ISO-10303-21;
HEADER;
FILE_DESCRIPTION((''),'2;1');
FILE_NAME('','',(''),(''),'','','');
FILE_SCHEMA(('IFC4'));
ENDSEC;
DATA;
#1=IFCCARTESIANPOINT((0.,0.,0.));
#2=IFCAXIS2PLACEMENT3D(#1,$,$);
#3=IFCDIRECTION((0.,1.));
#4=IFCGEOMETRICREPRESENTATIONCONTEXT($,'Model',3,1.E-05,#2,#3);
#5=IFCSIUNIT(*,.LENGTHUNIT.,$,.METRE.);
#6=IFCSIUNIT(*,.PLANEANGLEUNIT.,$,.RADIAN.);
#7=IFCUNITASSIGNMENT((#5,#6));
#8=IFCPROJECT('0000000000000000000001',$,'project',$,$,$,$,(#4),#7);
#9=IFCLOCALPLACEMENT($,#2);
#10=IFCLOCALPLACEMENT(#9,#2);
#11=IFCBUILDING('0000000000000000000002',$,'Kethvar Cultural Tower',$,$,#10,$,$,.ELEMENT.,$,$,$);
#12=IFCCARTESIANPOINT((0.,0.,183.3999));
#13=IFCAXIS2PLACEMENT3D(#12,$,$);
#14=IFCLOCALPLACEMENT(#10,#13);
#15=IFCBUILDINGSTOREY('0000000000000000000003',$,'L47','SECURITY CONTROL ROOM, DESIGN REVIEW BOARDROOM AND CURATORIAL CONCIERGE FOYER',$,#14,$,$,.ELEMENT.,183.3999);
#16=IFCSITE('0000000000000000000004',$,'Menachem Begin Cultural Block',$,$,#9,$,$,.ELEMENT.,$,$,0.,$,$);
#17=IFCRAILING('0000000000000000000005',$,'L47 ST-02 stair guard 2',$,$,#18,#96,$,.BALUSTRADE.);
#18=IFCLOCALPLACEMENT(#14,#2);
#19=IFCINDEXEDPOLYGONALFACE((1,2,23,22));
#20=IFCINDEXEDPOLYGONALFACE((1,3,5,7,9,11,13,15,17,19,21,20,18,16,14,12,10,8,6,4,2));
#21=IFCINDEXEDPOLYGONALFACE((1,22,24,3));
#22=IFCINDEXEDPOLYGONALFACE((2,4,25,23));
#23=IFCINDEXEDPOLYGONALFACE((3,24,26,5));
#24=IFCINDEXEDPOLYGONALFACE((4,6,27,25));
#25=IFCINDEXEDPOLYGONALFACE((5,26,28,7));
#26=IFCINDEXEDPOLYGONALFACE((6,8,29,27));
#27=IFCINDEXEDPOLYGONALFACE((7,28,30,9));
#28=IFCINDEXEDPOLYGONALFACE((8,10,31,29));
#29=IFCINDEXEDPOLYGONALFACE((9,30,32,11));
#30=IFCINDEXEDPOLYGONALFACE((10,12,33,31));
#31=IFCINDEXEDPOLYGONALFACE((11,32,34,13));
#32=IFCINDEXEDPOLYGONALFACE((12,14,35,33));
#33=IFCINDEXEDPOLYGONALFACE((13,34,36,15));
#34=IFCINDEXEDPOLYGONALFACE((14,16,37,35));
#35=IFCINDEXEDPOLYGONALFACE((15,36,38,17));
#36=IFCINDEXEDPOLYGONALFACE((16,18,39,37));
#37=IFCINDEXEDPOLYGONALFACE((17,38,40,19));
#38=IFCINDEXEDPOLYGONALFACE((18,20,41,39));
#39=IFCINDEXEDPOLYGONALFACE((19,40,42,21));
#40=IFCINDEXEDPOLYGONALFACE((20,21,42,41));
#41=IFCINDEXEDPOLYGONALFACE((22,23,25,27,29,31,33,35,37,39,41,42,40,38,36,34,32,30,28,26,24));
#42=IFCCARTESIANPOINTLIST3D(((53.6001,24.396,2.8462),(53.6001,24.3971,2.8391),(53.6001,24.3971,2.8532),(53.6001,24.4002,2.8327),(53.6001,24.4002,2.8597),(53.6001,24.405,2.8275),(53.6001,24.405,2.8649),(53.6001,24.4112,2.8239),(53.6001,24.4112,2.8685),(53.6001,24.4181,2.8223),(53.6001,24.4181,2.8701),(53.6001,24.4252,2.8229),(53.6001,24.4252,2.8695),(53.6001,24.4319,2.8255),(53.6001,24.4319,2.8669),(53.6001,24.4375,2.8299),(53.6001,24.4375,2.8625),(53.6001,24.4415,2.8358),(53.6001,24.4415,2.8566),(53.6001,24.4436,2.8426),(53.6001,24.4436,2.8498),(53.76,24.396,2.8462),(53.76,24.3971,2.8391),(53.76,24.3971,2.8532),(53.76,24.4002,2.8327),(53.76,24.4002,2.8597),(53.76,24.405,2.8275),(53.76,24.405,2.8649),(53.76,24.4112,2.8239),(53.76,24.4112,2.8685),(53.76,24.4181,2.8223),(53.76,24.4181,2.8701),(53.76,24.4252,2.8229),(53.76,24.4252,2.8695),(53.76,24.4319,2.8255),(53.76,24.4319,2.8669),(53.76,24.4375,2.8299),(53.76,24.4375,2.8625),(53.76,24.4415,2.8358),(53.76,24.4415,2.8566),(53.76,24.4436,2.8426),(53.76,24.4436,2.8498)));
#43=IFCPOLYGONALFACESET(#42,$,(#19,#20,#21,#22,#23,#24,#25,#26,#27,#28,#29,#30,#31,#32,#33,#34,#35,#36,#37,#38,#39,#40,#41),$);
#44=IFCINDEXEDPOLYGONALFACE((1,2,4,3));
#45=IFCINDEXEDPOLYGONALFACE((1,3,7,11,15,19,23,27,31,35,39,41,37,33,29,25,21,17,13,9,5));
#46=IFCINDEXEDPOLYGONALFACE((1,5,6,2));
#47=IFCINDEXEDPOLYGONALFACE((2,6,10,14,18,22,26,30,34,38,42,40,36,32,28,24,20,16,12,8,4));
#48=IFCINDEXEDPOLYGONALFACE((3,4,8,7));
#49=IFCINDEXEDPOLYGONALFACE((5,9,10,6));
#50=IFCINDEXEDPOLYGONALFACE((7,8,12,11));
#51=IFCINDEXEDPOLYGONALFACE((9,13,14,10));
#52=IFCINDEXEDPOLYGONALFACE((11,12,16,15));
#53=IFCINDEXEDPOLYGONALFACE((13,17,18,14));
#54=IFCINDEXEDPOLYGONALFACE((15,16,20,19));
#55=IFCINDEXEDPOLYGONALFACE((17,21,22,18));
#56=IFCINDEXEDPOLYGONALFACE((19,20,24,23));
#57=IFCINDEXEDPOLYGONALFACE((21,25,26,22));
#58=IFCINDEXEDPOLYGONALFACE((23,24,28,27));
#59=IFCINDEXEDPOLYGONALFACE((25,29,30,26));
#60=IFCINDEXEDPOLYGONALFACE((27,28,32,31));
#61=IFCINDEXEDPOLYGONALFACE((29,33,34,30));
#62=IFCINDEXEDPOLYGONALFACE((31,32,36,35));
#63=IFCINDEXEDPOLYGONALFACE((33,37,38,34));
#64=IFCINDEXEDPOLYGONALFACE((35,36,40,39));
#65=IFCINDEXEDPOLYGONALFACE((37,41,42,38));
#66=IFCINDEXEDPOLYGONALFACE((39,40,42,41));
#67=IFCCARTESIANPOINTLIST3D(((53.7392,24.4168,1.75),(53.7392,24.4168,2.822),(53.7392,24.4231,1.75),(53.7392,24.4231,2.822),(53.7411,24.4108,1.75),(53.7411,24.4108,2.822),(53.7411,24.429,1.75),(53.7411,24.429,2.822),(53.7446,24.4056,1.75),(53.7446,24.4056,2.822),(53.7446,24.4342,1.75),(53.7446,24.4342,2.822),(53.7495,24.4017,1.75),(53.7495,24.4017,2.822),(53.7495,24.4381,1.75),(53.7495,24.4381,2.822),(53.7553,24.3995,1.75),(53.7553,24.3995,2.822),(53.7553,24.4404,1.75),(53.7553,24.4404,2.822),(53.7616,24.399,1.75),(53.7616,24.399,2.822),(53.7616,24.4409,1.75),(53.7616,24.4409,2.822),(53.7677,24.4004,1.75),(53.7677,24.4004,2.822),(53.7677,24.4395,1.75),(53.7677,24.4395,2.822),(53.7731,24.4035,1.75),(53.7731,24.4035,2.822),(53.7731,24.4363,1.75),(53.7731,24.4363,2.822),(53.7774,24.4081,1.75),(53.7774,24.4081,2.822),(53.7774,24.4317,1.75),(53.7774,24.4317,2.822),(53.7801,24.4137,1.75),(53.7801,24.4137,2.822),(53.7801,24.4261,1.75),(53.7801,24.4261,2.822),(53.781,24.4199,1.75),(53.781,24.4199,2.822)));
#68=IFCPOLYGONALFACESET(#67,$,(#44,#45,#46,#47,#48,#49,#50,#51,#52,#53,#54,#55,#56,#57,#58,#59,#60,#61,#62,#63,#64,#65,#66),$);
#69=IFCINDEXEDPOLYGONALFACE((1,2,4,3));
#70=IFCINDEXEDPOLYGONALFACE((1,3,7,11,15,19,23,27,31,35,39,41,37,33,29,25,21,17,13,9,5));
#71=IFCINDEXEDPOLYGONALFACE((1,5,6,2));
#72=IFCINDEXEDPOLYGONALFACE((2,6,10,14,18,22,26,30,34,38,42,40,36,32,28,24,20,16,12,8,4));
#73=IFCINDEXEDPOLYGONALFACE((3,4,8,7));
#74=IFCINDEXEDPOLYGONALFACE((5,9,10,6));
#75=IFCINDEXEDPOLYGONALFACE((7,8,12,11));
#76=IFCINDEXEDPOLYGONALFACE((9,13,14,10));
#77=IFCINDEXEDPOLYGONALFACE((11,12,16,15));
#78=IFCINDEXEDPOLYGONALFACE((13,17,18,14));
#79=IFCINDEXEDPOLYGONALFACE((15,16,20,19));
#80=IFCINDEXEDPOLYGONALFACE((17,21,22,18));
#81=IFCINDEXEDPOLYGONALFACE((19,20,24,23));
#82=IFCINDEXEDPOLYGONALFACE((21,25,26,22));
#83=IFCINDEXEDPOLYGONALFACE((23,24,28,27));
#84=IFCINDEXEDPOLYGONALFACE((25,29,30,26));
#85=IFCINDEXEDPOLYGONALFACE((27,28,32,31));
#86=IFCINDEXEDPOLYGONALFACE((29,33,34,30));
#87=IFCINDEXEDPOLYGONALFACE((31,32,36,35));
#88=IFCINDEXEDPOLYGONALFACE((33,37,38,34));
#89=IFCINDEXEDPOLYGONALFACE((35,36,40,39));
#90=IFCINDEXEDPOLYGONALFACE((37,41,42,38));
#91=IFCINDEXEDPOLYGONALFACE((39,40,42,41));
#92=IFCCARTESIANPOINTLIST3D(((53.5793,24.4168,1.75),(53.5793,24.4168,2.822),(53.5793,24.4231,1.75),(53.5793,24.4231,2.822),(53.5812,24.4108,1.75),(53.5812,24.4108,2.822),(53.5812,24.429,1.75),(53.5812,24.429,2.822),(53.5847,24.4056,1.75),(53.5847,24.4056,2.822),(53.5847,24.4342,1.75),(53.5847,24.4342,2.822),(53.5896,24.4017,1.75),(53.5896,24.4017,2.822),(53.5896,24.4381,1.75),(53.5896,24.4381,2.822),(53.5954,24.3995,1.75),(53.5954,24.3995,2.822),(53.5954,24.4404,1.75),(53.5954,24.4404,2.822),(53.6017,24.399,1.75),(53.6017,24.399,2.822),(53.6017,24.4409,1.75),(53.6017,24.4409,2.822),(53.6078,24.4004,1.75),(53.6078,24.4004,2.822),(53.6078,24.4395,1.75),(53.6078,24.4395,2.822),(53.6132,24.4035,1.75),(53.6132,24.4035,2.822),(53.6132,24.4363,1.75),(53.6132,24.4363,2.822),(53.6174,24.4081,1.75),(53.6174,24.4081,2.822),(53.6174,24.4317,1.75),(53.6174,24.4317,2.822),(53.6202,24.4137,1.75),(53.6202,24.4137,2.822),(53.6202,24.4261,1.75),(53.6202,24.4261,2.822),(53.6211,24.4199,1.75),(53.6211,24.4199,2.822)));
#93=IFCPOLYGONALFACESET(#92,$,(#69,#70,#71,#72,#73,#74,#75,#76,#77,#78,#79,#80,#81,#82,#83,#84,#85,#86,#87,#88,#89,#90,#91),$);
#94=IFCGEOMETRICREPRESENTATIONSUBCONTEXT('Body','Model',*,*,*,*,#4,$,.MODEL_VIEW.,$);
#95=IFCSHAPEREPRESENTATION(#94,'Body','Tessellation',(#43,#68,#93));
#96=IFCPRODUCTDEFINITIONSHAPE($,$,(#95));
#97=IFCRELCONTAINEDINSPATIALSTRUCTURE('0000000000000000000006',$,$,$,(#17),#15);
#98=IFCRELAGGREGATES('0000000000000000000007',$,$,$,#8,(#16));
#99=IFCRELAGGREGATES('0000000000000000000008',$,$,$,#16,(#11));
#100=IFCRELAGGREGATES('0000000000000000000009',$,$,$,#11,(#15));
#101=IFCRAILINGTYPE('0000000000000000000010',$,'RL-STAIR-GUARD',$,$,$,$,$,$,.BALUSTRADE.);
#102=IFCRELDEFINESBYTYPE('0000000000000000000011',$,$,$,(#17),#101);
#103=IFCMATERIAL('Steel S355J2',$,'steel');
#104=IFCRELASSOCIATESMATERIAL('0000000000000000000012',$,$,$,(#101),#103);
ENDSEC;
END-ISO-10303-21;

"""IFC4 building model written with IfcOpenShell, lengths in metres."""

from ifc_helpers import new_model, si_unit, direction, frame, origin, origin_2d, place, context, subcontext, project, spatial, circle, extrude, material, type_object, element, save


model = new_model("IFC4")

# Units and contexts
model_context = context("Model", 3, precision=1e-05, world=origin(), true_north=direction((0.0, 1.0)))
body_context = subcontext(model_context, "Body", "Model", "MODEL_VIEW")
ifc_project = project(units=[si_unit("LENGTHUNIT", "METRE"), si_unit("PLANEANGLEUNIT", "RADIAN")], contexts=[model_context])

# Site, building, storey
site_placement = place(None, origin())
site = spatial("IfcSite", under=ifc_project, at=site_placement, Name="Menachem Begin Cultural Block", CompositionType="ELEMENT", RefElevation=0.0)
building_placement = place(site_placement, origin())
building = spatial("IfcBuilding", under=site, at=building_placement, Name="Kethvar Cultural Tower", CompositionType="ELEMENT")
storey_placement = place(building_placement, frame((0.0, 0.0, 183.3999)))
storey = spatial("IfcBuildingStorey", under=building, at=storey_placement, Name="L47", Description="SECURITY CONTROL ROOM, DESIGN REVIEW BOARDROOM AND CURATORIAL CONCIERGE FOYER", CompositionType="ELEMENT", Elevation=183.3999)

# Shared definitions
ifc_material_1 = material(Name="Steel S355J2", Category="steel")

# Railing
railing_type_1 = type_object("IfcRailingType", Name="RL-STAIR-GUARD", PredefinedType="BALUSTRADE", material=ifc_material_1)
railing_1_placement = place(storey_placement, frame((53.76, 24.4199, 1.75)))
element("IfcRailing", 1, at=railing_1_placement, inside=storey, type_object=railing_type_1, Name="L47 ST-02 stair guard 2", PredefinedType="BALUSTRADE", context=body_context, shape_type="SweptSolid", body=[
    extrude(circle(Radius=0.0239, at=origin_2d()), frame((0.0, 0.0, 1.0962), z_axis=(-1.0, 0.0, 0.0), x_axis=(0.0, -1.0, 0.0)), (0.0, 0.0, 1.0), 0.1599),
    extrude(circle(Radius=0.021, at=origin_2d()), origin(), (0.0, 0.0, 1.0), 1.072),
    extrude(circle(Radius=0.021, at=origin_2d()), frame((-0.1599, 0.0, 0.0)), (0.0, 0.0, 1.0), 1.072),
])

save(model, "model.ifc")
